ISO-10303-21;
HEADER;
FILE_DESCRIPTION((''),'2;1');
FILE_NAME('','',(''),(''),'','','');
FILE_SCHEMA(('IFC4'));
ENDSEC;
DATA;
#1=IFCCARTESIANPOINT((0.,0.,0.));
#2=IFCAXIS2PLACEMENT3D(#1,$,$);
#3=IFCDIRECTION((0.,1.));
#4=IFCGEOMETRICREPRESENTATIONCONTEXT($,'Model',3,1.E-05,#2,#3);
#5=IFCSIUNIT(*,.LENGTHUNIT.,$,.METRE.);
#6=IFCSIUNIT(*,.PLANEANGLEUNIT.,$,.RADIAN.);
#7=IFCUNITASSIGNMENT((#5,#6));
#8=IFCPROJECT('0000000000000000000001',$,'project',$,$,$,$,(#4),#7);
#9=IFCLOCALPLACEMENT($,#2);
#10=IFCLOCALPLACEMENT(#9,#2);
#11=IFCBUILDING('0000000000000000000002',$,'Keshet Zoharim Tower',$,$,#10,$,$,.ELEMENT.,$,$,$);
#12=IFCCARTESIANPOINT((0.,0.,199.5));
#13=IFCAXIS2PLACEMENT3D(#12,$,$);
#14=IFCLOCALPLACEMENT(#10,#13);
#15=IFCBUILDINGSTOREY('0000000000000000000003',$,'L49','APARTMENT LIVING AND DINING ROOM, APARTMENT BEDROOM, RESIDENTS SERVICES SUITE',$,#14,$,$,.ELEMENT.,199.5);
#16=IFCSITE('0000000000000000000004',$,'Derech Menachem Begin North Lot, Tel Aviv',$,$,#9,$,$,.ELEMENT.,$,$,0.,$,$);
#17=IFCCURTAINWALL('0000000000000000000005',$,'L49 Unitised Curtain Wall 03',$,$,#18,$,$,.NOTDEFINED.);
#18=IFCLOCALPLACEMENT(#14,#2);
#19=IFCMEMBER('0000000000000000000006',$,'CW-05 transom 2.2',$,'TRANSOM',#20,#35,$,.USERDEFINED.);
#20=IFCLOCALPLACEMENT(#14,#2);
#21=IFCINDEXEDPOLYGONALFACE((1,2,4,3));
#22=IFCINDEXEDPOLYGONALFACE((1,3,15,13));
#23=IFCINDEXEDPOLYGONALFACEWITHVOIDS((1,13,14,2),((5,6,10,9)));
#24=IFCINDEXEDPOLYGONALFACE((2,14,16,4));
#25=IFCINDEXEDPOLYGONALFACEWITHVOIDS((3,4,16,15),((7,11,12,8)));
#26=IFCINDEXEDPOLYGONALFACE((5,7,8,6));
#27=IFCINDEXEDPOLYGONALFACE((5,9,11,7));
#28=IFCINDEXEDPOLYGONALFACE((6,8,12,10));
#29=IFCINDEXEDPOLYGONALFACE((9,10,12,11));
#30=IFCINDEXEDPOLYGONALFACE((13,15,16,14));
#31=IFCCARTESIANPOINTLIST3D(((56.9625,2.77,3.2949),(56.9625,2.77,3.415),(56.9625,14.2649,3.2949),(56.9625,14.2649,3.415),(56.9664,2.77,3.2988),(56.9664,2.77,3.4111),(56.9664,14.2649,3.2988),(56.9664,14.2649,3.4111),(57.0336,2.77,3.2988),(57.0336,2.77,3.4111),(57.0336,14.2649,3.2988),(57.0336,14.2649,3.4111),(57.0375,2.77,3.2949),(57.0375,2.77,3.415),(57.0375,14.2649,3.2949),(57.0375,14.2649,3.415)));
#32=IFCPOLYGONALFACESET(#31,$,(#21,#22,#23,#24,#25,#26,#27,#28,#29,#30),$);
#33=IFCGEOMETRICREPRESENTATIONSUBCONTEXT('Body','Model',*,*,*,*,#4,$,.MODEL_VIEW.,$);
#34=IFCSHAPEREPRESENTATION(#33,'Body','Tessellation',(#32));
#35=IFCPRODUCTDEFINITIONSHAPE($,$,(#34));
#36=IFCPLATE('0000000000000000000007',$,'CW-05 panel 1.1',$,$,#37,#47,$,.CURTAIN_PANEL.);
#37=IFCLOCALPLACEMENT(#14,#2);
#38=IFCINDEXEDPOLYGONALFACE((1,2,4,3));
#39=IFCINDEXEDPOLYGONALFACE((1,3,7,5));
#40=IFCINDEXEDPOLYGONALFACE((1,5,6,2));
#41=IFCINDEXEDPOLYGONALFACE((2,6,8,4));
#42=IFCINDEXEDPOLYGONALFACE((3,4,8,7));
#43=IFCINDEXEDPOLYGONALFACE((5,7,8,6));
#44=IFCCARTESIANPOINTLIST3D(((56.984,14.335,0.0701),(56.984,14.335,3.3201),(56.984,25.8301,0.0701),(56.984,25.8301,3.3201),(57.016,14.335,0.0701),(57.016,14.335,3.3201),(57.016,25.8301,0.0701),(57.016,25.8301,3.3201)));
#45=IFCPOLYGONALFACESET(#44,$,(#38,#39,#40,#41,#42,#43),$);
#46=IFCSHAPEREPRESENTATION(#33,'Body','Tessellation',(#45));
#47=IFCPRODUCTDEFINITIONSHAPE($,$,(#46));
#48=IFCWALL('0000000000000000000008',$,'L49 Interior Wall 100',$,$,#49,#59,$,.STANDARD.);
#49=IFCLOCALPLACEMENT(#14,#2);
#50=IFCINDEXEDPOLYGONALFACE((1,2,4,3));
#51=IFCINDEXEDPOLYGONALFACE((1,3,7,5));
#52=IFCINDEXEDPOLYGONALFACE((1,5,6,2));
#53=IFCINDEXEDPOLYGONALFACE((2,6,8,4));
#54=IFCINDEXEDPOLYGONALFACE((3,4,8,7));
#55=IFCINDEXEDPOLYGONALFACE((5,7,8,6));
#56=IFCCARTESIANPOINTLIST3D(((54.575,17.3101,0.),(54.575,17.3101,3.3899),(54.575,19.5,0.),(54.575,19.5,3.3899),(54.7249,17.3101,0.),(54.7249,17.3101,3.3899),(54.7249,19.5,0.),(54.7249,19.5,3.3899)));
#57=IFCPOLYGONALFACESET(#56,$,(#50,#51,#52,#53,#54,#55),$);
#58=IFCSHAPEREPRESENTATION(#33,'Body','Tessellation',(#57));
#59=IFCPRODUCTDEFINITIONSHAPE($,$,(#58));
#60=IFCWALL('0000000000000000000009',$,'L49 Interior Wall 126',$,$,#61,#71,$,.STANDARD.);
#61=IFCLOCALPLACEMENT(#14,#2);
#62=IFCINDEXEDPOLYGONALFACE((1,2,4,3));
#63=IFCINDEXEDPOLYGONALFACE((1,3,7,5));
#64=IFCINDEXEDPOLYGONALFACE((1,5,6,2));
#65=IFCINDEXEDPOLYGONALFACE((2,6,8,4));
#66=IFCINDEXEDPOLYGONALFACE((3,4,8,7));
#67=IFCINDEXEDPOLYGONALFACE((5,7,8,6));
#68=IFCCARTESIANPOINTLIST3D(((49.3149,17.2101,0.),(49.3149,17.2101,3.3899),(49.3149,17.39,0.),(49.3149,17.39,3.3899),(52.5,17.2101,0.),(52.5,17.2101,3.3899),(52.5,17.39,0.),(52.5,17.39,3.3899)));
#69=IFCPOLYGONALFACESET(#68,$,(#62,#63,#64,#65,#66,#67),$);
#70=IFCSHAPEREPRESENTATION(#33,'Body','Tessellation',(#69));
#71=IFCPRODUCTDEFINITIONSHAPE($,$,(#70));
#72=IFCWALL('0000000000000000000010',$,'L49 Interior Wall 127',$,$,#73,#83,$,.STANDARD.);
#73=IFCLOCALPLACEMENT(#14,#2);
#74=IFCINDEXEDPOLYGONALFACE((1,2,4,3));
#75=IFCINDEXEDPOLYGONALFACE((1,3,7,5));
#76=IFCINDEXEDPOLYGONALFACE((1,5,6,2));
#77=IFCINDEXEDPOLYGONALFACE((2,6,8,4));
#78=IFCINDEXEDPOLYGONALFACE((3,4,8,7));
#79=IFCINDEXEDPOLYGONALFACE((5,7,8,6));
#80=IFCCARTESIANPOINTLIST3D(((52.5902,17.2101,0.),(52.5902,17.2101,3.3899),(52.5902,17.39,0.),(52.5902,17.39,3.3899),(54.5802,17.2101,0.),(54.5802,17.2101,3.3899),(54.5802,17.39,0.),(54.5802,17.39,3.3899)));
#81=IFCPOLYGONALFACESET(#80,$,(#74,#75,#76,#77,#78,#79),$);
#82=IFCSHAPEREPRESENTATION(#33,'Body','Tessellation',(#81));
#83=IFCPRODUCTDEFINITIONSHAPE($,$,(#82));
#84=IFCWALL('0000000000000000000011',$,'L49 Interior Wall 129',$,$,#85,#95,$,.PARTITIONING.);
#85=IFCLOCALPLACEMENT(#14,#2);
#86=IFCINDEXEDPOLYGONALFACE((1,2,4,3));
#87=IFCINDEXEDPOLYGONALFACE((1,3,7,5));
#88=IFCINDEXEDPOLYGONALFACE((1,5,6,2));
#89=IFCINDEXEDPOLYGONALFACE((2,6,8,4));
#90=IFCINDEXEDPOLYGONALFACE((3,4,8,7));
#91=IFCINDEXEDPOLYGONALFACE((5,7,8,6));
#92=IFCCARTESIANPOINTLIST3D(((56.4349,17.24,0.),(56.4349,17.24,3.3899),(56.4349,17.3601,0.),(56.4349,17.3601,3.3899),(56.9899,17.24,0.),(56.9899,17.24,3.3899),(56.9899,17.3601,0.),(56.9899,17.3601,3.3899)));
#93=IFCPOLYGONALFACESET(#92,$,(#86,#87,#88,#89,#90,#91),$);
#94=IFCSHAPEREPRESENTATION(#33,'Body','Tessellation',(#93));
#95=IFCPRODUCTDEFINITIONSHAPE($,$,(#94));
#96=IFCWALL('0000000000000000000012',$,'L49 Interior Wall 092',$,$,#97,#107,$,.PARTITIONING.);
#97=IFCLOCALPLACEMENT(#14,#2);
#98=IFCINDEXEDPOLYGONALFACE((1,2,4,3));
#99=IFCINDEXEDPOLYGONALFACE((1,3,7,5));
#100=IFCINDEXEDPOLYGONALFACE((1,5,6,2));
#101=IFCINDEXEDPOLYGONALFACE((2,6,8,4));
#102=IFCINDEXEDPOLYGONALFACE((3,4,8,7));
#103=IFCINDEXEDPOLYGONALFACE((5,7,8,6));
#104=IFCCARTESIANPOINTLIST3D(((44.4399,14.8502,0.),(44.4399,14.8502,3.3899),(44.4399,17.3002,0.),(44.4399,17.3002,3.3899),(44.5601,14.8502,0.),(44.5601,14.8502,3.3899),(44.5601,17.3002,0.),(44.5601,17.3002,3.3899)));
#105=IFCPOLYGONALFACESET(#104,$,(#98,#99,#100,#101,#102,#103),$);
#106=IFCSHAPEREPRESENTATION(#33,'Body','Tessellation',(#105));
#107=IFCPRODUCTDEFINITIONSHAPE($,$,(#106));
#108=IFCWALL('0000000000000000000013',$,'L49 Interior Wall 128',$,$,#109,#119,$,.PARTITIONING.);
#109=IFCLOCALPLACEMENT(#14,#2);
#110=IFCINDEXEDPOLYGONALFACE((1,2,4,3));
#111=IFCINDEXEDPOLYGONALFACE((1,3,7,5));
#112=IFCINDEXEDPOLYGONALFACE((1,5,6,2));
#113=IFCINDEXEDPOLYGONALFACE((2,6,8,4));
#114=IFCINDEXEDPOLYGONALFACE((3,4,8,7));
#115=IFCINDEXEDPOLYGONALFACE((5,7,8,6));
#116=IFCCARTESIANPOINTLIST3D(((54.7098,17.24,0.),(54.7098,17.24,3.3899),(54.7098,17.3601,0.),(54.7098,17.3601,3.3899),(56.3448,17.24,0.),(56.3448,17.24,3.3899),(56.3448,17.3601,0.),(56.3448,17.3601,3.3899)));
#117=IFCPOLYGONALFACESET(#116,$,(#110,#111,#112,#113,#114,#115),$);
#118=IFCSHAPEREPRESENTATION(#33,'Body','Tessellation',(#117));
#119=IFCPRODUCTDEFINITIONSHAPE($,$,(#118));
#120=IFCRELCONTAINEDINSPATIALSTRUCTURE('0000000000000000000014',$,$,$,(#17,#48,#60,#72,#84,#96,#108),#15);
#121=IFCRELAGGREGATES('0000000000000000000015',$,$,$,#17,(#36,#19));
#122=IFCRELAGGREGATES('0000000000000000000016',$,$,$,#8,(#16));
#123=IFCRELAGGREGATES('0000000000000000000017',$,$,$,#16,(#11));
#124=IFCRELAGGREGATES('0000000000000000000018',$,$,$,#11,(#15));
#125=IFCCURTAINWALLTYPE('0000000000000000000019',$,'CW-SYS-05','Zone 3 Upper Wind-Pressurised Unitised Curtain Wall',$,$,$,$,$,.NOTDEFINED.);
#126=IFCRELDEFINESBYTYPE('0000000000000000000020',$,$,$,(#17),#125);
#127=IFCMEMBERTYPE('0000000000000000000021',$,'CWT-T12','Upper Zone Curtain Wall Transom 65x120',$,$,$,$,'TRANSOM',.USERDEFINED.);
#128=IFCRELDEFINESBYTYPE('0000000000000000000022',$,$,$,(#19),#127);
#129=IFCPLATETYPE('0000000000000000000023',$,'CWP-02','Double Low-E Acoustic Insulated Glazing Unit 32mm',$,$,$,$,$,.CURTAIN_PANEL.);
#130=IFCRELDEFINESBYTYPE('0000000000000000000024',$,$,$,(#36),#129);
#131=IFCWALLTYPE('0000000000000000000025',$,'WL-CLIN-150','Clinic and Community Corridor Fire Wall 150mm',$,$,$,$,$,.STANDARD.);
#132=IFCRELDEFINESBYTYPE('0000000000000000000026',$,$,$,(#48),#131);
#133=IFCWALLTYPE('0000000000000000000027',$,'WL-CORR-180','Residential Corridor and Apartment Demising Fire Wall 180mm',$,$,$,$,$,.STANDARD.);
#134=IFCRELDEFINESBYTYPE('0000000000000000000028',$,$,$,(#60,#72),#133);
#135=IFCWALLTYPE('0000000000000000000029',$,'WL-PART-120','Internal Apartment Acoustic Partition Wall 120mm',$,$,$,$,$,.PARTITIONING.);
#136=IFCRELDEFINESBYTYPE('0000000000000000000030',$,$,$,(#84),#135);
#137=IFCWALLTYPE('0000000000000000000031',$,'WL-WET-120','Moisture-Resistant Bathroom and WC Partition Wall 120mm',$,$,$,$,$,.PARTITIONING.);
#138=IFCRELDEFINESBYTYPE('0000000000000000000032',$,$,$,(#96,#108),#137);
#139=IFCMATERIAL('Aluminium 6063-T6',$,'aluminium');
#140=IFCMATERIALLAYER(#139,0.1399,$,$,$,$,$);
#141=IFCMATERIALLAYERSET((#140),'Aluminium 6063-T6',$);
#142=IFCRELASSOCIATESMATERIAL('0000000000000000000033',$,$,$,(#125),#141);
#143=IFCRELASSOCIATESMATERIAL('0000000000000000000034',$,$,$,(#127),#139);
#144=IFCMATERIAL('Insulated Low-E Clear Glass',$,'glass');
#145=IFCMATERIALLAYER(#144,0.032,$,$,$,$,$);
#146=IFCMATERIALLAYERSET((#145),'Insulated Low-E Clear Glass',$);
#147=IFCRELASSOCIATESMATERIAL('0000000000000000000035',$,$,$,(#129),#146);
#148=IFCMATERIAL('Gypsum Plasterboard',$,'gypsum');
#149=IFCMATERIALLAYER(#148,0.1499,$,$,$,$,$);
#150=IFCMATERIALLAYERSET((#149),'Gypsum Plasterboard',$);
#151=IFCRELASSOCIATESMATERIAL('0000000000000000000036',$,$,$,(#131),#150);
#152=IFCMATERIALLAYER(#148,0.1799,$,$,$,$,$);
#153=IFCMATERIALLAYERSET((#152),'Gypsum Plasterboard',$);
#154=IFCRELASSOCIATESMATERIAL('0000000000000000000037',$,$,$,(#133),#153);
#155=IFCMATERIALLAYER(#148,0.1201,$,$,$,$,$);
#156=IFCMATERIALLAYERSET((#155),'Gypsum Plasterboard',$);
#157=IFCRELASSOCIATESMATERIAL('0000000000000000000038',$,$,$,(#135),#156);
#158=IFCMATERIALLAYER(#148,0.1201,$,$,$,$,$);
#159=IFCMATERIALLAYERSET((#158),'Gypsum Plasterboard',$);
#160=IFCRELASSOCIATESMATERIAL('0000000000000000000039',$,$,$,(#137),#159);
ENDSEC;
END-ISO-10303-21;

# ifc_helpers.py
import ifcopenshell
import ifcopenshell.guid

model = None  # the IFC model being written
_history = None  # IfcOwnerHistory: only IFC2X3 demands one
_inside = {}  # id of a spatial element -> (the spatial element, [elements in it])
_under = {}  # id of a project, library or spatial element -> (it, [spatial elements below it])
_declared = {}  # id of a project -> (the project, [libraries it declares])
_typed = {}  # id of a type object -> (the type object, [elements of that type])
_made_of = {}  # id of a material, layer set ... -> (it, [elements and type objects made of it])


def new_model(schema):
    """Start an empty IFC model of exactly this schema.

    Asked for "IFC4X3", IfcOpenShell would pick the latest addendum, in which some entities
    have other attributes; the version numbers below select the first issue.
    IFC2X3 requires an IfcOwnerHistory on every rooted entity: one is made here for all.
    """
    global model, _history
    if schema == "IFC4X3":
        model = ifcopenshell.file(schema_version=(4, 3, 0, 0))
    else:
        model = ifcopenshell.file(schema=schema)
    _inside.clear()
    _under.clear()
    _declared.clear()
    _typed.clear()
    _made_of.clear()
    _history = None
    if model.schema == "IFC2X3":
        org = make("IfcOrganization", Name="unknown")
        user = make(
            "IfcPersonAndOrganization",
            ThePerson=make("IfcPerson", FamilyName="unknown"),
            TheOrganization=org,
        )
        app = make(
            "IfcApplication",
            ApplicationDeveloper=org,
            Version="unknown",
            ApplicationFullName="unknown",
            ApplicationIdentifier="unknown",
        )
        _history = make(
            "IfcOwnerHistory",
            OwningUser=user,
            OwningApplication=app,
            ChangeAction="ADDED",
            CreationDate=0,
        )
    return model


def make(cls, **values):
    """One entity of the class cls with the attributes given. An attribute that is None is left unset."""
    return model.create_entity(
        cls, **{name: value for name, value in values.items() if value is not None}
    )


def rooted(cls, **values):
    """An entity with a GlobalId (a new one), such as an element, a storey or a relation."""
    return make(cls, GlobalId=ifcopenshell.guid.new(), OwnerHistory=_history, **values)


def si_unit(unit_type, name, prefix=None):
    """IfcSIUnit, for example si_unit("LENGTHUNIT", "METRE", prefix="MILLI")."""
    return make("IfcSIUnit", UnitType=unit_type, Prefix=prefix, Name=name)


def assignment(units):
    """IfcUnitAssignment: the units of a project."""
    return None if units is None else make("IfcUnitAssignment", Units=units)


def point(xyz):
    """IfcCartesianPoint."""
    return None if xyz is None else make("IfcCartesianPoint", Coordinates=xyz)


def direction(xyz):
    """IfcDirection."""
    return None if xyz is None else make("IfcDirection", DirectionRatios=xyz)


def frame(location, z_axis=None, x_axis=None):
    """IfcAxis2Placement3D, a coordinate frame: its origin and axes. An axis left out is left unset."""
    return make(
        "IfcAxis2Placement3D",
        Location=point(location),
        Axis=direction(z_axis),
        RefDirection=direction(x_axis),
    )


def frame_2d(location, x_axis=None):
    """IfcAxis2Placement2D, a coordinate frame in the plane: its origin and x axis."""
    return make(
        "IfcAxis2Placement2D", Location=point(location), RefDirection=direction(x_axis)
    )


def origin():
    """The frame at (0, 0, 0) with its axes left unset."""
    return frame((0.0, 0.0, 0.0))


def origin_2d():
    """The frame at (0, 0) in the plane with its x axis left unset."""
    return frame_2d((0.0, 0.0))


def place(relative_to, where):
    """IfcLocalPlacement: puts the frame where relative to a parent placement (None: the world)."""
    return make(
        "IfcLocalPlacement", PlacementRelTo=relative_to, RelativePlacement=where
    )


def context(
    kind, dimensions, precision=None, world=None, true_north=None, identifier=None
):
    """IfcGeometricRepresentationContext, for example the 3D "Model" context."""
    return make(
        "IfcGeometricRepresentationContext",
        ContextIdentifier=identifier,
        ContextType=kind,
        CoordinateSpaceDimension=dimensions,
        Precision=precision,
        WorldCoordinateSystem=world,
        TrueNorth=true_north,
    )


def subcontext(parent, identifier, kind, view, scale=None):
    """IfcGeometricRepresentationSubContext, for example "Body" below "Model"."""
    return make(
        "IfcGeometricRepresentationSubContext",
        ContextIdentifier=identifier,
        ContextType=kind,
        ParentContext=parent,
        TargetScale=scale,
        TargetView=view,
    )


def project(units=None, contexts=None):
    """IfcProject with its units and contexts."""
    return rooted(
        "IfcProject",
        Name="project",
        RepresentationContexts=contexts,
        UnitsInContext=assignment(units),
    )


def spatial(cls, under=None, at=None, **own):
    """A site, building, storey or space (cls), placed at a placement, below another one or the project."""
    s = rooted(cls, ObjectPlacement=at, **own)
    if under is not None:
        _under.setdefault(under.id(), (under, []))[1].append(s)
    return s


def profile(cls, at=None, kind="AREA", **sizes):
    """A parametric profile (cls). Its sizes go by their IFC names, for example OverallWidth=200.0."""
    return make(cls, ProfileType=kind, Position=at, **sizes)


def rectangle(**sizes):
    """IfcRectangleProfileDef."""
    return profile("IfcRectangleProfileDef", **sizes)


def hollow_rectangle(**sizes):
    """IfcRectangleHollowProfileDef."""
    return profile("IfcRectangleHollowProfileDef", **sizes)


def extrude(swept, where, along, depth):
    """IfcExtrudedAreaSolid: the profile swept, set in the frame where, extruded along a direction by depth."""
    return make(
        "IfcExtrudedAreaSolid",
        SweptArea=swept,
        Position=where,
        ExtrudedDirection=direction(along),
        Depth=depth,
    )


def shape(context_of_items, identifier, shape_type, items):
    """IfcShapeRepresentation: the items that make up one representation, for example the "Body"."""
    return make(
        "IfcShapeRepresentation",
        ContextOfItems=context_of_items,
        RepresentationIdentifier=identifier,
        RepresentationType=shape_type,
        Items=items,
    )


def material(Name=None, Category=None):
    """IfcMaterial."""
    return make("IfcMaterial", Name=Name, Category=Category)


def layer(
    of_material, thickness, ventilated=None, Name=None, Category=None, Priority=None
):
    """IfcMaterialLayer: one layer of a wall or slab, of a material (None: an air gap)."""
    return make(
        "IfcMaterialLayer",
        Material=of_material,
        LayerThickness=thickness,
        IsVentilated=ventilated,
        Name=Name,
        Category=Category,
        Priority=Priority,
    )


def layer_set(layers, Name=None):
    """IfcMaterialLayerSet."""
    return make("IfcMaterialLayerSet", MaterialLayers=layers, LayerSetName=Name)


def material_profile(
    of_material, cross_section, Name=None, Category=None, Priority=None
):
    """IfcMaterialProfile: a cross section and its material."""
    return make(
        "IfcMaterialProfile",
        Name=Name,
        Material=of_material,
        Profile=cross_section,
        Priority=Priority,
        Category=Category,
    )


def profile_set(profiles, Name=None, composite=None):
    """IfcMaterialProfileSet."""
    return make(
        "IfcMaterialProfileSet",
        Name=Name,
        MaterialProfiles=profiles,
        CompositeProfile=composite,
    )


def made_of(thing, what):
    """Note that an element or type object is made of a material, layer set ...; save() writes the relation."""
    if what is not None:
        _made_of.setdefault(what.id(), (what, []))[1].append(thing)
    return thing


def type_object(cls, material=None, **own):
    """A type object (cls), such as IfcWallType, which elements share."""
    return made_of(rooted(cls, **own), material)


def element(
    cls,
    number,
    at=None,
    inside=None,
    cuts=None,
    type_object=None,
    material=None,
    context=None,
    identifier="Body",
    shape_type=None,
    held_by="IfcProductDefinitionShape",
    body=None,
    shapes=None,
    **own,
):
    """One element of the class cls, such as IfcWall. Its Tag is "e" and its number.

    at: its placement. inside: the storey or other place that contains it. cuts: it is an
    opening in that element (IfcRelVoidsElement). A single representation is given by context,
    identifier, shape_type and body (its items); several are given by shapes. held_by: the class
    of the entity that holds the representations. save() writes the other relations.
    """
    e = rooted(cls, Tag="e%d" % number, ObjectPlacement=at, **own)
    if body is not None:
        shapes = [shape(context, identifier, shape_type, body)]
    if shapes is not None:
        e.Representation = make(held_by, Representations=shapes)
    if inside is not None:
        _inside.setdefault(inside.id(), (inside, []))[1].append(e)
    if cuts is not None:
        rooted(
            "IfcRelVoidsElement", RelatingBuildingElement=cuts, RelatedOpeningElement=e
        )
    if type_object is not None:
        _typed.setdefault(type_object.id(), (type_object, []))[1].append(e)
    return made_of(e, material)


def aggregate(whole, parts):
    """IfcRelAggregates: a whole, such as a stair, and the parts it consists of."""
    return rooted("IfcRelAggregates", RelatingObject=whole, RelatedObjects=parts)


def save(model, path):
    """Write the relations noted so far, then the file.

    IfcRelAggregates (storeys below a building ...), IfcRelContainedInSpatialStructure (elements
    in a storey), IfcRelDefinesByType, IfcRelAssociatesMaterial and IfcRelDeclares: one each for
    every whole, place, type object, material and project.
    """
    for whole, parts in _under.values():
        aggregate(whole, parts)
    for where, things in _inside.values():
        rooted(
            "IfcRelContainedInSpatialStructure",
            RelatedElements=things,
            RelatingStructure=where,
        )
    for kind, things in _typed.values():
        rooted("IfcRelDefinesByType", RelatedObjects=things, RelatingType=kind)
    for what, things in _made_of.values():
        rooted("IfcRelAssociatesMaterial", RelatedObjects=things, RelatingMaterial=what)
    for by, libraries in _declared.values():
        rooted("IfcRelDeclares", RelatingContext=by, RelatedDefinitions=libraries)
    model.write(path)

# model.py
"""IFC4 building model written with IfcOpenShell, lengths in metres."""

from ifc_helpers import new_model, si_unit, direction, frame, frame_2d, origin, origin_2d, place, context, subcontext, project, spatial, rectangle, hollow_rectangle, extrude, material, layer, layer_set, material_profile, profile_set, type_object, element, aggregate, save


model = new_model("IFC4")

# Units and contexts
model_context = context("Model", 3, precision=1e-05, world=origin(), true_north=direction((0.0, 1.0)))
body_context = subcontext(model_context, "Body", "Model", "MODEL_VIEW")
ifc_project = project(units=[si_unit("LENGTHUNIT", "METRE"), si_unit("PLANEANGLEUNIT", "RADIAN")], contexts=[model_context])

# Site, building, storey
site_placement = place(None, origin())
site = spatial("IfcSite", under=ifc_project, at=site_placement, Name="Derech Menachem Begin North Lot, Tel Aviv", CompositionType="ELEMENT", RefElevation=0.0)
building_placement = place(site_placement, origin())
building = spatial("IfcBuilding", under=site, at=building_placement, Name="Keshet Zoharim Tower", CompositionType="ELEMENT")
storey_placement = place(building_placement, frame((0.0, 0.0, 199.5)))
storey = spatial("IfcBuildingStorey", under=building, at=storey_placement, Name="L49", Description="APARTMENT LIVING AND DINING ROOM, APARTMENT BEDROOM, RESIDENTS SERVICES SUITE", CompositionType="ELEMENT", Elevation=199.5)

# Curtain wall, member, plate
ifc_material_1 = material(Name="Aluminium 6063-T6", Category="aluminium")
ifc_layer_1 = layer(ifc_material_1, 0.1399)
ifc_layer_set_1 = layer_set([ifc_layer_1], Name="Aluminium 6063-T6")
curtain_wall_type = type_object("IfcCurtainWallType", Name="CW-SYS-05", Description="Zone 3 Upper Wind-Pressurised Unitised Curtain Wall", PredefinedType="NOTDEFINED", material=ifc_layer_set_1)
curtain_wall_placement = place(storey_placement, origin())
curtain_wall = element("IfcCurtainWall", 1, at=curtain_wall_placement, inside=storey, type_object=curtain_wall_type, Name="L49 Unitised Curtain Wall 03", PredefinedType="NOTDEFINED")
ifc_material_profile_1 = material_profile(ifc_material_1, hollow_rectangle(XDim=0.075, YDim=0.1201, WallThickness=0.0039, at=origin_2d()), Name="TRN-75x120")
ifc_profile_set_1 = profile_set([ifc_material_profile_1], Name="Aluminium 6063-T6")
member_type_1 = type_object("IfcMemberType", Name="CWT-T12", Description="Upper Zone Curtain Wall Transom 65x120", ElementType="TRANSOM", PredefinedType="USERDEFINED", material=ifc_profile_set_1)
member_1_placement = place(storey_placement, frame((57.0, 14.2649, 3.355), z_axis=(0.0, -1.0, 0.0), x_axis=(1.0, 0.0, 0.0)))
member_1 = element("IfcMember", 2, at=member_1_placement, type_object=member_type_1, Name="CW-05 transom 2.2", ObjectType="TRANSOM", PredefinedType="USERDEFINED", context=body_context, shape_type="SweptSolid", body=[
    extrude(hollow_rectangle(XDim=0.075, YDim=0.1201, WallThickness=0.0039, at=origin_2d()), origin(), (0.0, 0.0, 1.0), 11.4949),
])
ifc_material_2 = material(Name="Insulated Low-E Clear Glass", Category="glass")
ifc_layer_2 = layer(ifc_material_2, 0.032)
ifc_layer_set_2 = layer_set([ifc_layer_2], Name="Insulated Low-E Clear Glass")
plate_type = type_object("IfcPlateType", Name="CWP-02", Description="Double Low-E Acoustic Insulated Glazing Unit 32mm", PredefinedType="CURTAIN_PANEL", material=ifc_layer_set_2)
plate_placement = place(storey_placement, frame((57.0, 20.0825, 0.0701), z_axis=(0.0, 0.0, 1.0), x_axis=(0.0, -1.0, 0.0)))
plate = element("IfcPlate", 3, at=plate_placement, type_object=plate_type, Name="CW-05 panel 1.1", PredefinedType="CURTAIN_PANEL", context=body_context, shape_type="SweptSolid", body=[
    extrude(rectangle(XDim=11.4951, YDim=0.032, at=origin_2d()), origin(), (0.0, 0.0, 1.0), 3.25),
])
aggregate(curtain_wall, [plate, member_1])

# Wall
ifc_material_3 = material(Name="Gypsum Plasterboard", Category="gypsum")
ifc_layer_3 = layer(ifc_material_3, 0.1499)
ifc_layer_set_3 = layer_set([ifc_layer_3], Name="Gypsum Plasterboard")
wall_type_1 = type_object("IfcWallType", Name="WL-CLIN-150", Description="Clinic and Community Corridor Fire Wall 150mm", PredefinedType="STANDARD", material=ifc_layer_set_3)
wall_1_placement = place(storey_placement, frame((54.6499, 17.3101, 0.0), z_axis=(0.0, 0.0, 1.0), x_axis=(0.0, 1.0, 0.0)))
element("IfcWall", 4, at=wall_1_placement, inside=storey, type_object=wall_type_1, Name="L49 Interior Wall 100", PredefinedType="STANDARD", context=body_context, shape_type="SweptSolid", body=[
    extrude(rectangle(XDim=2.1899, YDim=0.1499, at=frame_2d((1.095, 0.0))), origin(), (0.0, 0.0, 1.0), 3.3899),
])

# Shared definitions
ifc_layer_4 = layer(ifc_material_3, 0.1799)
ifc_layer_set_4 = layer_set([ifc_layer_4], Name="Gypsum Plasterboard")
wall_type_2 = type_object("IfcWallType", Name="WL-CORR-180", Description="Residential Corridor and Apartment Demising Fire Wall 180mm", PredefinedType="STANDARD", material=ifc_layer_set_4)

# Walls
wall_2_placement = place(storey_placement, frame((49.3149, 17.3, 0.0), z_axis=(0.0, 0.0, 1.0), x_axis=(1.0, 0.0, 0.0)))
element("IfcWall", 5, at=wall_2_placement, inside=storey, type_object=wall_type_2, Name="L49 Interior Wall 126", PredefinedType="STANDARD", context=body_context, shape_type="SweptSolid", body=[
    extrude(rectangle(XDim=3.1851, YDim=0.1799, at=frame_2d((1.5925, 0.0))), origin(), (0.0, 0.0, 1.0), 3.3899),
])
wall_3_placement = place(storey_placement, frame((52.5901, 17.3, 0.0), z_axis=(0.0, 0.0, 1.0), x_axis=(1.0, 0.0, 0.0)))
element("IfcWall", 6, at=wall_3_placement, inside=storey, type_object=wall_type_2, Name="L49 Interior Wall 127", PredefinedType="STANDARD", context=body_context, shape_type="SweptSolid", body=[
    extrude(rectangle(XDim=1.99, YDim=0.1799, at=frame_2d((0.9951, 0.0))), origin(), (0.0, 0.0, 1.0), 3.3899),
])

# Shared definitions
ifc_layer_5 = layer(ifc_material_3, 0.1201)
ifc_layer_set_5 = layer_set([ifc_layer_5], Name="Gypsum Plasterboard")
wall_type_3 = type_object("IfcWallType", Name="WL-PART-120", Description="Internal Apartment Acoustic Partition Wall 120mm", PredefinedType="PARTITIONING", material=ifc_layer_set_5)

# Walls
wall_4_placement = place(storey_placement, frame((56.4351, 17.3, 0.0), z_axis=(0.0, 0.0, 1.0), x_axis=(1.0, 0.0, 0.0)))
element("IfcWall", 7, at=wall_4_placement, inside=storey, type_object=wall_type_3, Name="L49 Interior Wall 129", PredefinedType="PARTITIONING", context=body_context, shape_type="SweptSolid", body=[
    extrude(rectangle(XDim=0.5549, YDim=0.1201, at=frame_2d((0.2773, 0.0))), origin(), (0.0, 0.0, 1.0), 3.3899),
])
ifc_layer_6 = layer(ifc_material_3, 0.1201)
ifc_layer_set_6 = layer_set([ifc_layer_6], Name="Gypsum Plasterboard")
wall_type_4 = type_object("IfcWallType", Name="WL-WET-120", Description="Moisture-Resistant Bathroom and WC Partition Wall 120mm", PredefinedType="PARTITIONING", material=ifc_layer_set_6)
wall_5_placement = place(storey_placement, frame((44.5, 14.8501, 0.0), z_axis=(0.0, 0.0, 1.0), x_axis=(0.0, 1.0, 0.0)))
element("IfcWall", 8, at=wall_5_placement, inside=storey, type_object=wall_type_4, Name="L49 Interior Wall 092", PredefinedType="PARTITIONING", context=body_context, shape_type="SweptSolid", body=[
    extrude(rectangle(XDim=2.45, YDim=0.1201, at=frame_2d((1.2251, 0.0))), origin(), (0.0, 0.0, 1.0), 3.3899),
])
wall_6_placement = place(storey_placement, frame((54.71, 17.3, 0.0), z_axis=(0.0, 0.0, 1.0), x_axis=(1.0, 0.0, 0.0)))
element("IfcWall", 9, at=wall_6_placement, inside=storey, type_object=wall_type_4, Name="L49 Interior Wall 128", PredefinedType="PARTITIONING", context=body_context, shape_type="SweptSolid", body=[
    extrude(rectangle(XDim=1.635, YDim=0.1201, at=frame_2d((0.8174, 0.0))), origin(), (0.0, 0.0, 1.0), 3.3899),
])

save(model, "model.ifc")
